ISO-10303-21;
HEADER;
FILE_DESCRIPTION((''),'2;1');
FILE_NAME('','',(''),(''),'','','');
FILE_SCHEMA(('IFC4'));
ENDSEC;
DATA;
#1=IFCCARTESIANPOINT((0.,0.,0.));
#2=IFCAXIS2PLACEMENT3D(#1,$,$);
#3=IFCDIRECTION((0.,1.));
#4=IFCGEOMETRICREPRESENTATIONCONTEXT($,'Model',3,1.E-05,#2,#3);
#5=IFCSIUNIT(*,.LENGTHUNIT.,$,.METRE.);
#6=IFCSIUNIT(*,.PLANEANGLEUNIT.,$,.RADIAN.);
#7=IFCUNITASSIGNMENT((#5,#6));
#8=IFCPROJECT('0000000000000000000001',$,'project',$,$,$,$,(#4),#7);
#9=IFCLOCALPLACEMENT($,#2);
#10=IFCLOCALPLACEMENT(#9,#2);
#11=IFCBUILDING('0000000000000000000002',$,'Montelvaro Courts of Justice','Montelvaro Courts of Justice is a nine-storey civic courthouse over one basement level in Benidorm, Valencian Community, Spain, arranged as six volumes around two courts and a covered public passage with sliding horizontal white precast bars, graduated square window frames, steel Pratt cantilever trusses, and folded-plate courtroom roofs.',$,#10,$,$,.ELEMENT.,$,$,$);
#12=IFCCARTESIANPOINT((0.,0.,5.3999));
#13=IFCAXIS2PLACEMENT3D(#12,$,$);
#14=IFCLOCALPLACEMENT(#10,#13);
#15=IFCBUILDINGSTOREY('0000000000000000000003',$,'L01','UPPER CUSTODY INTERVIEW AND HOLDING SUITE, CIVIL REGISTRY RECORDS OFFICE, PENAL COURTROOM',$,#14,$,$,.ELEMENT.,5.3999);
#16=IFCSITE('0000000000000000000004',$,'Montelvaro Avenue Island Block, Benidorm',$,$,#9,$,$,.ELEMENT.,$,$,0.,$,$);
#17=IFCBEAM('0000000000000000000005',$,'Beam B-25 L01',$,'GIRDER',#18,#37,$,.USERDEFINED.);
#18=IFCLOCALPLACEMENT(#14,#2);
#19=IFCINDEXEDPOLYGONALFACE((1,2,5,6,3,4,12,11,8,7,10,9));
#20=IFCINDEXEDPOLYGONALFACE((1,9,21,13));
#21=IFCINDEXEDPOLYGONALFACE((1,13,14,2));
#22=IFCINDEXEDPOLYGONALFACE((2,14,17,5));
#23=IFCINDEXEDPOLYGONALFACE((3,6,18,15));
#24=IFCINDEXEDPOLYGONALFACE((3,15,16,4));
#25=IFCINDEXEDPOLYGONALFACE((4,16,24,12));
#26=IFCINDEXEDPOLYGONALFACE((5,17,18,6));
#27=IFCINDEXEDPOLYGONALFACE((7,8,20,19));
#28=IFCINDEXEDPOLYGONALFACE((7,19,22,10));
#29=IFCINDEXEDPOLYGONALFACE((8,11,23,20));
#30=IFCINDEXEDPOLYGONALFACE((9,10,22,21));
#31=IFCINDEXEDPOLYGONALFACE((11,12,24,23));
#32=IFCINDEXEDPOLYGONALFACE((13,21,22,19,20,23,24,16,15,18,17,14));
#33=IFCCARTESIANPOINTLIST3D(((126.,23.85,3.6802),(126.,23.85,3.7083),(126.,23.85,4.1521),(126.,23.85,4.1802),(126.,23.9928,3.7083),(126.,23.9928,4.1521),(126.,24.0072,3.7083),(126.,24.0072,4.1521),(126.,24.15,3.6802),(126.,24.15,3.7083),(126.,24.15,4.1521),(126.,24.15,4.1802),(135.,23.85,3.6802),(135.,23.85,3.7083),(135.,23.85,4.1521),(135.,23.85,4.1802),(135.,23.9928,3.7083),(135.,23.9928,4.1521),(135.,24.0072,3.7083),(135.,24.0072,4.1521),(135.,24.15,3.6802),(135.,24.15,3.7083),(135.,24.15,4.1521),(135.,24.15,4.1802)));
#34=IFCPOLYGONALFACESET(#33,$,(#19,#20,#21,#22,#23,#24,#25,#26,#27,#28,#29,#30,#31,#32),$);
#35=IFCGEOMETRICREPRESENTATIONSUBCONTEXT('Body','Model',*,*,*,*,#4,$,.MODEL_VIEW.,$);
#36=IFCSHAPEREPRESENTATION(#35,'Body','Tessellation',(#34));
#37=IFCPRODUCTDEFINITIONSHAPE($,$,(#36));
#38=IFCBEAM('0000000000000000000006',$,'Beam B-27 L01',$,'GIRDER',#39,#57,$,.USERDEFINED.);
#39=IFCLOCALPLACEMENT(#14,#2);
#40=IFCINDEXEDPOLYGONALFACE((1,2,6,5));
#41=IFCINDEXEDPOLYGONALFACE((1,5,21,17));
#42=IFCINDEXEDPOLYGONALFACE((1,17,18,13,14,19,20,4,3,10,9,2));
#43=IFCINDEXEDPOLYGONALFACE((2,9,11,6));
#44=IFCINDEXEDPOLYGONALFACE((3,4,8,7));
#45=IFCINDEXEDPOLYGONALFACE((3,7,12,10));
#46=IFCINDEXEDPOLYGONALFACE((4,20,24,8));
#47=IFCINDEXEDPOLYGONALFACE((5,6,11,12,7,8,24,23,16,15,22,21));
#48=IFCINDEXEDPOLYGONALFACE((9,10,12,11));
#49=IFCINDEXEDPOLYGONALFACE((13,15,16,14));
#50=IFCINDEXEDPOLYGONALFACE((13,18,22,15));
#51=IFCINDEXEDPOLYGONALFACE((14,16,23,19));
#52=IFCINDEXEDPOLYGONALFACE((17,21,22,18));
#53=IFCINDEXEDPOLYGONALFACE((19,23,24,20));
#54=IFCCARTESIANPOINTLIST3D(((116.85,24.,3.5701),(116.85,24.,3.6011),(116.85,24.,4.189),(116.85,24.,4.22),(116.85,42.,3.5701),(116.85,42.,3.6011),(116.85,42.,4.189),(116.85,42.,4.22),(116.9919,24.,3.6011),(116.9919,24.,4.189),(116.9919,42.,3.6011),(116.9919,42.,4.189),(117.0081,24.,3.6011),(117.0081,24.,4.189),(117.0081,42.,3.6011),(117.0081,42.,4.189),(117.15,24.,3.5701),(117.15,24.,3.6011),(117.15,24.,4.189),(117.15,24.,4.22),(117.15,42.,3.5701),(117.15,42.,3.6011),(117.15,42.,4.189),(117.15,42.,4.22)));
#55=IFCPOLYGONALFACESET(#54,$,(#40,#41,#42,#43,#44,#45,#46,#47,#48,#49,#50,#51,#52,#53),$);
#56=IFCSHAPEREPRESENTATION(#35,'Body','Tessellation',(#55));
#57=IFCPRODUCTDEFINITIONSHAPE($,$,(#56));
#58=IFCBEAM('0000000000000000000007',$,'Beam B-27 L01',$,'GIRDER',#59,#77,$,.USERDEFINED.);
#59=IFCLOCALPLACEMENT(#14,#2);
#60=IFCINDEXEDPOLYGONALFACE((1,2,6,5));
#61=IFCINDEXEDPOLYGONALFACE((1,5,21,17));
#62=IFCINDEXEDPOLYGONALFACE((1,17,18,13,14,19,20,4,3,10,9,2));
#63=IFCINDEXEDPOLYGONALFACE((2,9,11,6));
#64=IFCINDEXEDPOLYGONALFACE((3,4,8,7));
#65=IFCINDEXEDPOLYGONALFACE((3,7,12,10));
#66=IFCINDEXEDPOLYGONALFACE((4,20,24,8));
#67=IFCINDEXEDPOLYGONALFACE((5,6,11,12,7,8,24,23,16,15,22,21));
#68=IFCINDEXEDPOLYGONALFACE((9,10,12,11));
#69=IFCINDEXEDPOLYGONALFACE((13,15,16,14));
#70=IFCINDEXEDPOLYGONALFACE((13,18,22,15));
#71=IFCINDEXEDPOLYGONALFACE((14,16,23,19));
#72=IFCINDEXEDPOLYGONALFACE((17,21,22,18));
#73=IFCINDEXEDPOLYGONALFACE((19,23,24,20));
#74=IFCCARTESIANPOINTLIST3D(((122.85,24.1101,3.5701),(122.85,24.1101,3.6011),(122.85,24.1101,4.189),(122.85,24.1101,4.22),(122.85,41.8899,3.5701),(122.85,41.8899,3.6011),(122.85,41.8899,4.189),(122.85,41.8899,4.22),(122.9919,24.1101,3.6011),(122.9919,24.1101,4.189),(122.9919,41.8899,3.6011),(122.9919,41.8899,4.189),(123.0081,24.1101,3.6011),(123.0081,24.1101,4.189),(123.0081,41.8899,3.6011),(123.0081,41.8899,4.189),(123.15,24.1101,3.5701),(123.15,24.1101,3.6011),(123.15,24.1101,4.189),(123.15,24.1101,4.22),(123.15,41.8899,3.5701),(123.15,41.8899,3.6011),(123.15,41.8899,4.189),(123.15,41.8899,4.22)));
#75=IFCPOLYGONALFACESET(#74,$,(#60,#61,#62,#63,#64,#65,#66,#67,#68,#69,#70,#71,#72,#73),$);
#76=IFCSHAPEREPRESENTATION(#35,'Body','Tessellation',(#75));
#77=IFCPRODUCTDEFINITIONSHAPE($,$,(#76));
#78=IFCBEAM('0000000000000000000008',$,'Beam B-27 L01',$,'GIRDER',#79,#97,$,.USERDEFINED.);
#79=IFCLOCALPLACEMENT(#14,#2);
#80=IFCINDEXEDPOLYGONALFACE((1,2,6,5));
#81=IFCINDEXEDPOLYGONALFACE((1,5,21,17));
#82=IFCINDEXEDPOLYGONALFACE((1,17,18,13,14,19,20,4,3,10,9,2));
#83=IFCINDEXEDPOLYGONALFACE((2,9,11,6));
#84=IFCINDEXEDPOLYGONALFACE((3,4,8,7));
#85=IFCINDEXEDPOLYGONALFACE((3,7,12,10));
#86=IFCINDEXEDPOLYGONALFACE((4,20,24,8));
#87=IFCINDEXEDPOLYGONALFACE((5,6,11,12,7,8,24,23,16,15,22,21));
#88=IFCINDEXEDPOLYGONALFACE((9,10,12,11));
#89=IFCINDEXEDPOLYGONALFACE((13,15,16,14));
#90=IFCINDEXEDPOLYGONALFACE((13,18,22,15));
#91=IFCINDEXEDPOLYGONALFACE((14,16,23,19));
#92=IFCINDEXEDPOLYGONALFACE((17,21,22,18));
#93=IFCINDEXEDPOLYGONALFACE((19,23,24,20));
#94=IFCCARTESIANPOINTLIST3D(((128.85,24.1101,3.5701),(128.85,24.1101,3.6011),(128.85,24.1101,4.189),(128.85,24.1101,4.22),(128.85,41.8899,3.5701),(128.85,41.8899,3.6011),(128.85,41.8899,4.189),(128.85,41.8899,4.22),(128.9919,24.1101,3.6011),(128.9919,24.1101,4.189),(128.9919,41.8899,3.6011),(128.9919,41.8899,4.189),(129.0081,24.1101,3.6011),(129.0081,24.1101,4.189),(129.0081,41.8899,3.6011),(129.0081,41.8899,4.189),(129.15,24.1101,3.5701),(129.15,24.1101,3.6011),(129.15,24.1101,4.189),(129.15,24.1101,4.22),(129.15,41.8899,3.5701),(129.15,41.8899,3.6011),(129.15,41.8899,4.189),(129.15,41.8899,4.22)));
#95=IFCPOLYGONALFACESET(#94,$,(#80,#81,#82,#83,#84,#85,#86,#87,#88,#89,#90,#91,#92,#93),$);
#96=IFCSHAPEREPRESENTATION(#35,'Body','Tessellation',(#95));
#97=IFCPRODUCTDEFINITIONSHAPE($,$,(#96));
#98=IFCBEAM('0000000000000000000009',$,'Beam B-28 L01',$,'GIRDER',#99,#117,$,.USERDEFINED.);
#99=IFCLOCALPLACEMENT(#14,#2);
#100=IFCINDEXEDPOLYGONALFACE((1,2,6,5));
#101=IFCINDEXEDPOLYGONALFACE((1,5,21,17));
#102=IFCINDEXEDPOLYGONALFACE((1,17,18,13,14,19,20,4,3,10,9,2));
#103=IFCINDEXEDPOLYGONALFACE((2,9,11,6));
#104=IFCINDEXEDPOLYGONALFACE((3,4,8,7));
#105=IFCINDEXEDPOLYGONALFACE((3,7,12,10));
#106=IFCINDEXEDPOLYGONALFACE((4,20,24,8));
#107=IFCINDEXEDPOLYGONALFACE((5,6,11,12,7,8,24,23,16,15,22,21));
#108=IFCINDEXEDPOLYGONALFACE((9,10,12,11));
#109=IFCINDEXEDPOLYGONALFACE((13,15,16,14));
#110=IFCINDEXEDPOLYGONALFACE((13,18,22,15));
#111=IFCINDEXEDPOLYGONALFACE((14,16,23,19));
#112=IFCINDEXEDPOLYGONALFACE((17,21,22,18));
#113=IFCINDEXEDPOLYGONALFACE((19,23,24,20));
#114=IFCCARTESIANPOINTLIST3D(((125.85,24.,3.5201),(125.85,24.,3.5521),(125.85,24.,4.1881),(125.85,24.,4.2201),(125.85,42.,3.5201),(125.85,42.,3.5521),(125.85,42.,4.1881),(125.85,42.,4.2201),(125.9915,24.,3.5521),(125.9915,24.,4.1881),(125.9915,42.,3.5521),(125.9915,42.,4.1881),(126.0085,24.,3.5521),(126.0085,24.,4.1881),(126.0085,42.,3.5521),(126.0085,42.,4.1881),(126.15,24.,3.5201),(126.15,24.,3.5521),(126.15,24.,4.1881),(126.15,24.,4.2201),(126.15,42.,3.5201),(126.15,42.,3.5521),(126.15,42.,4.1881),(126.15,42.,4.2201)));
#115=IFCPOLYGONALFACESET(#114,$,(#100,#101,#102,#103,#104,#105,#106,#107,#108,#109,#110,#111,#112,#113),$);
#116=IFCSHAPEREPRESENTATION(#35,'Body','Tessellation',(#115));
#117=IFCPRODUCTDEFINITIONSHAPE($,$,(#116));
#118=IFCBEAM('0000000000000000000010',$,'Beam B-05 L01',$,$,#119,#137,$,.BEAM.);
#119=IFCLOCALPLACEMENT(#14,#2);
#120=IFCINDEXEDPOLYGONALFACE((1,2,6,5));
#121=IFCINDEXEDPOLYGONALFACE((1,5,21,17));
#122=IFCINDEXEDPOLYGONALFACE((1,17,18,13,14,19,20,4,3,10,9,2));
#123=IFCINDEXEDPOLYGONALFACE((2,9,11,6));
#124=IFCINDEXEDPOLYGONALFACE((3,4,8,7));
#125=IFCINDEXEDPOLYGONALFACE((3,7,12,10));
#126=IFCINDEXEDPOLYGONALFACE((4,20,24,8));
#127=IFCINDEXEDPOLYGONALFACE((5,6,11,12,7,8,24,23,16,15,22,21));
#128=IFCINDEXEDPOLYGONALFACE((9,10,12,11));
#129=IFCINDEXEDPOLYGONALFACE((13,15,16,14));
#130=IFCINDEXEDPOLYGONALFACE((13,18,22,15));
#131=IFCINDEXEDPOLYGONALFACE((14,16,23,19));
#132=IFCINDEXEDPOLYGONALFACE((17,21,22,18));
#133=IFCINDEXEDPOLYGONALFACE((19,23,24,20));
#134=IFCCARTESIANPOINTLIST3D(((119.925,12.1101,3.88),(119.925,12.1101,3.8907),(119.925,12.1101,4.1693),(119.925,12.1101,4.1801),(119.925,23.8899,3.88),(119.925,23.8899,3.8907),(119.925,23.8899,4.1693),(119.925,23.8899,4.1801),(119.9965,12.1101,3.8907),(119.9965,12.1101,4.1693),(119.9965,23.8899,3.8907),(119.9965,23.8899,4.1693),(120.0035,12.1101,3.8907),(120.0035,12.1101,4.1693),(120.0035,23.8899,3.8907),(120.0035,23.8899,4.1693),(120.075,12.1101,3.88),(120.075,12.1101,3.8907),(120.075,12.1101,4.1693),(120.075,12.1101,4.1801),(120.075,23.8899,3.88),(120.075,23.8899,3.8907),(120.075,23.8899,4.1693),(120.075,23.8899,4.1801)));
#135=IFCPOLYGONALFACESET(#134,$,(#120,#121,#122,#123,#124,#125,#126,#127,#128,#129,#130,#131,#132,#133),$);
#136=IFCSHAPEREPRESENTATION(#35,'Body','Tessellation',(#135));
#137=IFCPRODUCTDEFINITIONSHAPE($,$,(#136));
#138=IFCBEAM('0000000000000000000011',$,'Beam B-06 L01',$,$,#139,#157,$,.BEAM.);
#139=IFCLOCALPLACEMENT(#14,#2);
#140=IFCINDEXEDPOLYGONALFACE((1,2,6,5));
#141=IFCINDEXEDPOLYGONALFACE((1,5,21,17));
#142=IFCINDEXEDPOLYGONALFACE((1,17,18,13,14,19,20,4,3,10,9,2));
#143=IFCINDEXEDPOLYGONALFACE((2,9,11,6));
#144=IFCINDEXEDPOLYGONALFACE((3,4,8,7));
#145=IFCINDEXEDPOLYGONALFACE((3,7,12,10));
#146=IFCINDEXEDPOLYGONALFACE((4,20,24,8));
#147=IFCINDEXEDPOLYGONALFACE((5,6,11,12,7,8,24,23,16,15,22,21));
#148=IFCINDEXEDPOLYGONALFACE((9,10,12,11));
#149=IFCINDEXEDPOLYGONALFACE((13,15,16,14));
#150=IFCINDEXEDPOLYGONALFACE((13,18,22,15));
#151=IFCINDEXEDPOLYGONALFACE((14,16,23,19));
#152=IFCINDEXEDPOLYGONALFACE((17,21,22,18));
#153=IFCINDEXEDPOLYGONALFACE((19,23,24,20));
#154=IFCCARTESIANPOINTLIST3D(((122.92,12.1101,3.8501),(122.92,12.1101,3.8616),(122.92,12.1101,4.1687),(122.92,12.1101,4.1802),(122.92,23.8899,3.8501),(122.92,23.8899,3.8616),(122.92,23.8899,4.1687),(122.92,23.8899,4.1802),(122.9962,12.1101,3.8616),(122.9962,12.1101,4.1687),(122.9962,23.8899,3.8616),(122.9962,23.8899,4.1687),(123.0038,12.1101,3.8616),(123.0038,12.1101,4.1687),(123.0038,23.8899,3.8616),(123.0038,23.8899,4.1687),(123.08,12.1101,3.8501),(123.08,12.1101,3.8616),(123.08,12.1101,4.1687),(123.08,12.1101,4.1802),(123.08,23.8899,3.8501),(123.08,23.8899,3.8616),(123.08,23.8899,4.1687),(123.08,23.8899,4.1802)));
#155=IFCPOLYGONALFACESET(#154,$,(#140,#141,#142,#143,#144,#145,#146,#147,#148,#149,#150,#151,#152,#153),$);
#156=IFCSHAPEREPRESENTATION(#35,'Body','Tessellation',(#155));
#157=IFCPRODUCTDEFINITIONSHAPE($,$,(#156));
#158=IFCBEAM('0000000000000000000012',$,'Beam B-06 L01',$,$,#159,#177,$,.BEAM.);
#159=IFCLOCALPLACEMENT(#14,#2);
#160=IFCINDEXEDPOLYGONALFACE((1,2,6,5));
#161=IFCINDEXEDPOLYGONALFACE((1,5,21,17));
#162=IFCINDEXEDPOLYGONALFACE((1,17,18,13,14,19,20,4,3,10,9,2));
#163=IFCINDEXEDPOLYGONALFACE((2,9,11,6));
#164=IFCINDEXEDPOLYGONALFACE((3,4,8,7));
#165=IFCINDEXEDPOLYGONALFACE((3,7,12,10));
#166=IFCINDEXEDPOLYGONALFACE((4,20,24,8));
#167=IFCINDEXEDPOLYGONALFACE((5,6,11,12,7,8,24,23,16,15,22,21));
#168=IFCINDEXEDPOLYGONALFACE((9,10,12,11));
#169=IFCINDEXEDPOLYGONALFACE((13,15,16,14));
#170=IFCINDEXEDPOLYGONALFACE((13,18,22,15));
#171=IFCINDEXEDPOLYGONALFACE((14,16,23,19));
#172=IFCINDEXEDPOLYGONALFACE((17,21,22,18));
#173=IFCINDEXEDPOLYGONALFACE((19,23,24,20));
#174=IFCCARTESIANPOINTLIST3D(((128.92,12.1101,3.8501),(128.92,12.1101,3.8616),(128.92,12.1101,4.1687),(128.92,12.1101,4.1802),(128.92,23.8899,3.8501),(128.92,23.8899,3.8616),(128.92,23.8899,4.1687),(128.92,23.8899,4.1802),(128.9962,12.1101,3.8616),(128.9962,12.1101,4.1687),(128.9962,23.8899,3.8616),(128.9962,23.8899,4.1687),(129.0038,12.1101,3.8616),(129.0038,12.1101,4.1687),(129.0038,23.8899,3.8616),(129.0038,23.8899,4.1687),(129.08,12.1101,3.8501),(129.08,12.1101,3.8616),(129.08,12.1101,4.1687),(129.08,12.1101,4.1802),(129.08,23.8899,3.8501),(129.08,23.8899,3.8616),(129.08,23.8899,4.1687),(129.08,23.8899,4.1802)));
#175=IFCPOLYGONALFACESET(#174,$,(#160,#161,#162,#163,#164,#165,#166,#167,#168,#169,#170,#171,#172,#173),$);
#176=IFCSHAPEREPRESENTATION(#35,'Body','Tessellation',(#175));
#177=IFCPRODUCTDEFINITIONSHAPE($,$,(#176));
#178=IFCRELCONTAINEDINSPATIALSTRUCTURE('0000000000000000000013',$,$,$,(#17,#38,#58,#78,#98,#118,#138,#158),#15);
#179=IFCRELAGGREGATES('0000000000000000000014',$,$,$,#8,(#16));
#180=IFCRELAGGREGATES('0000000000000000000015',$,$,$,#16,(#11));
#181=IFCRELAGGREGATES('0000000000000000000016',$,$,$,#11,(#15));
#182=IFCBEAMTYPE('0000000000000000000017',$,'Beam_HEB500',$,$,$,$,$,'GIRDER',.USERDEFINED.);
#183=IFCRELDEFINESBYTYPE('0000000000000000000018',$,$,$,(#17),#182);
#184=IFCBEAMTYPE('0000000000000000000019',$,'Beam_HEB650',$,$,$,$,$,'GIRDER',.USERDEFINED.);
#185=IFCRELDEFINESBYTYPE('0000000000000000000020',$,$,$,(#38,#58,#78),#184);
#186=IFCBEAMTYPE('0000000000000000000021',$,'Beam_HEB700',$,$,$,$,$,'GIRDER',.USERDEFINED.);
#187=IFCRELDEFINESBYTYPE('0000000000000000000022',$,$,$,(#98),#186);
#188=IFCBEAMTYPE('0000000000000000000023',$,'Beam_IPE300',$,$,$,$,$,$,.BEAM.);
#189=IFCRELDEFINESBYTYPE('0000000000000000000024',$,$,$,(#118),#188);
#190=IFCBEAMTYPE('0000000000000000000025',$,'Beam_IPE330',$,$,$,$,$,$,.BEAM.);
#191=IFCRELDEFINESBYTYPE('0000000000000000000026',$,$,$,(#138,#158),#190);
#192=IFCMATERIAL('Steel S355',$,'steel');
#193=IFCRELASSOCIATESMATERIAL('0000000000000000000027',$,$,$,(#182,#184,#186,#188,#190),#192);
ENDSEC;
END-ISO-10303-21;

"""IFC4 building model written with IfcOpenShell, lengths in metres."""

from ifc_helpers import new_model, si_unit, direction, frame, origin, origin_2d, place, context, subcontext, project, spatial, i_section, extrude, material, material_profile, profile_set, type_object, element, save


model = new_model("IFC4")

# Units and contexts
model_context = context("Model", 3, precision=1e-05, world=origin(), true_north=direction((0.0, 1.0)))
body_context = subcontext(model_context, "Body", "Model", "MODEL_VIEW")
ifc_project = project(units=[si_unit("LENGTHUNIT", "METRE"), si_unit("PLANEANGLEUNIT", "RADIAN")], contexts=[model_context])

# Site, building, storey
site_placement = place(None, origin())
site = spatial("IfcSite", under=ifc_project, at=site_placement, Name="Montelvaro Avenue Island Block, Benidorm", CompositionType="ELEMENT", RefElevation=0.0)
building_placement = place(site_placement, origin())
building = spatial("IfcBuilding", under=site, at=building_placement, Name="Montelvaro Courts of Justice", Description="Montelvaro Courts of Justice is a nine-storey civic courthouse over one basement level in Benidorm, Valencian Community, Spain, arranged as six volumes around two courts and a covered public passage with sliding horizontal white precast bars, graduated square window frames, steel Pratt cantilever trusses, and folded-plate courtroom roofs.", CompositionType="ELEMENT")
storey_placement = place(building_placement, frame((0.0, 0.0, 5.3999)))
storey = spatial("IfcBuildingStorey", under=building, at=storey_placement, Name="L01", Description="UPPER CUSTODY INTERVIEW AND HOLDING SUITE, CIVIL REGISTRY RECORDS OFFICE, PENAL COURTROOM", CompositionType="ELEMENT", Elevation=5.3999)

# Shared definitions
ifc_material_1 = material(Name="Steel S355", Category="steel")

# Beams
ifc_material_profile_1 = material_profile(ifc_material_1, i_section(OverallWidth=0.3, OverallDepth=0.5, WebThickness=0.0144, FlangeThickness=0.0281, at=origin_2d()), Name="HEB 500")
ifc_profile_set_1 = profile_set([ifc_material_profile_1], Name="Steel S355")
beam_type_1 = type_object("IfcBeamType", Name="Beam_HEB500", ElementType="GIRDER", PredefinedType="USERDEFINED", material=ifc_profile_set_1)
for number, where, z_axis, x_axis, name in (
    (1, (126.0, 24.0, 3.9302), (1.0, 0.0, 0.0), (0.0, 1.0, 0.0), "Beam B-25 L01"),
):
    element("IfcBeam", number, at=place(storey_placement, frame(where, z_axis=z_axis, x_axis=x_axis)), inside=storey, type_object=beam_type_1, Name=name, ObjectType="GIRDER", PredefinedType="USERDEFINED", context=body_context, shape_type="SweptSolid", body=[
        extrude(i_section(OverallWidth=0.3, OverallDepth=0.5, WebThickness=0.0144, FlangeThickness=0.0281, at=origin_2d()), origin(), (0.0, 0.0, 1.0), 9.0),
    ])
ifc_material_profile_2 = material_profile(ifc_material_1, i_section(OverallWidth=0.3, OverallDepth=0.6499, WebThickness=0.0161, FlangeThickness=0.031, at=origin_2d()), Name="HEB 650")
ifc_profile_set_2 = profile_set([ifc_material_profile_2], Name="Steel S355")
beam_type_2 = type_object("IfcBeamType", Name="Beam_HEB650", ElementType="GIRDER", PredefinedType="USERDEFINED", material=ifc_profile_set_2)
beam_1_placement = place(storey_placement, frame((117.0, 24.0, 3.895), z_axis=(0.0, 1.0, 0.0), x_axis=(-1.0, 0.0, 0.0)))
element("IfcBeam", 2, at=beam_1_placement, inside=storey, type_object=beam_type_2, Name="Beam B-27 L01", ObjectType="GIRDER", PredefinedType="USERDEFINED", context=body_context, shape_type="SweptSolid", body=[
    extrude(i_section(OverallWidth=0.3, OverallDepth=0.6499, WebThickness=0.0161, FlangeThickness=0.031, at=origin_2d()), origin(), (0.0, 0.0, 1.0), 18.0),
])
for number, where, z_axis, x_axis, name in (
    (3, (123.0, 24.1101, 3.895), (0.0, 1.0, 0.0), (-1.0, 0.0, 0.0), "Beam B-27 L01"),
    (4, (129.0, 24.1101, 3.895), (0.0, 1.0, 0.0), (-1.0, 0.0, 0.0), "Beam B-27 L01"),
):
    element("IfcBeam", number, at=place(storey_placement, frame(where, z_axis=z_axis, x_axis=x_axis)), inside=storey, type_object=beam_type_2, Name=name, ObjectType="GIRDER", PredefinedType="USERDEFINED", context=body_context, shape_type="SweptSolid", body=[
        extrude(i_section(OverallWidth=0.3, OverallDepth=0.6499, WebThickness=0.0161, FlangeThickness=0.031, at=origin_2d()), origin(), (0.0, 0.0, 1.0), 17.7798),
    ])
ifc_material_profile_3 = material_profile(ifc_material_1, i_section(OverallWidth=0.3, OverallDepth=0.7, WebThickness=0.0171, FlangeThickness=0.032, at=origin_2d()), Name="HEB 700")
ifc_profile_set_3 = profile_set([ifc_material_profile_3], Name="Steel S355")
beam_type_3 = type_object("IfcBeamType", Name="Beam_HEB700", ElementType="GIRDER", PredefinedType="USERDEFINED", material=ifc_profile_set_3)
beam_2_placement = place(storey_placement, frame((126.0, 24.0, 3.8701), z_axis=(0.0, 1.0, 0.0), x_axis=(-1.0, 0.0, 0.0)))
element("IfcBeam", 5, at=beam_2_placement, inside=storey, type_object=beam_type_3, Name="Beam B-28 L01", ObjectType="GIRDER", PredefinedType="USERDEFINED", context=body_context, shape_type="SweptSolid", body=[
    extrude(i_section(OverallWidth=0.3, OverallDepth=0.7, WebThickness=0.0171, FlangeThickness=0.032, at=origin_2d()), origin(), (0.0, 0.0, 1.0), 18.0),
])
ifc_material_profile_4 = material_profile(ifc_material_1, i_section(OverallWidth=0.1499, OverallDepth=0.3, WebThickness=0.0071, FlangeThickness=0.0107, at=origin_2d()), Name="IPE 300")
ifc_profile_set_4 = profile_set([ifc_material_profile_4], Name="Steel S355")
beam_type_4 = type_object("IfcBeamType", Name="Beam_IPE300", PredefinedType="BEAM", material=ifc_profile_set_4)
beam_3_placement = place(storey_placement, frame((120.0, 12.1101, 4.03), z_axis=(0.0, 1.0, 0.0), x_axis=(-1.0, 0.0, 0.0)))
element("IfcBeam", 6, at=beam_3_placement, inside=storey, type_object=beam_type_4, Name="Beam B-05 L01", PredefinedType="BEAM", context=body_context, shape_type="SweptSolid", body=[
    extrude(i_section(OverallWidth=0.1499, OverallDepth=0.3, WebThickness=0.0071, FlangeThickness=0.0107, at=origin_2d()), origin(), (0.0, 0.0, 1.0), 11.7798),
])
ifc_material_profile_5 = material_profile(ifc_material_1, i_section(OverallWidth=0.1599, OverallDepth=0.3301, WebThickness=0.0076, FlangeThickness=0.0115, at=origin_2d()), Name="IPE 330")
ifc_profile_set_5 = profile_set([ifc_material_profile_5], Name="Steel S355")
beam_type_5 = type_object("IfcBeamType", Name="Beam_IPE330", PredefinedType="BEAM", material=ifc_profile_set_5)
for number, where, z_axis, x_axis, name in (
    (7, (123.0, 12.1101, 4.0151), (0.0, 1.0, 0.0), (-1.0, 0.0, 0.0), "Beam B-06 L01"),
    (8, (129.0, 12.1101, 4.0151), (0.0, 1.0, 0.0), (-1.0, 0.0, 0.0), "Beam B-06 L01"),
):
    element("IfcBeam", number, at=place(storey_placement, frame(where, z_axis=z_axis, x_axis=x_axis)), inside=storey, type_object=beam_type_5, Name=name, PredefinedType="BEAM", context=body_context, shape_type="SweptSolid", body=[
        extrude(i_section(OverallWidth=0.1599, OverallDepth=0.3301, WebThickness=0.0076, FlangeThickness=0.0115, at=origin_2d()), origin(), (0.0, 0.0, 1.0), 11.7798),
    ])

save(model, "model.ifc")
